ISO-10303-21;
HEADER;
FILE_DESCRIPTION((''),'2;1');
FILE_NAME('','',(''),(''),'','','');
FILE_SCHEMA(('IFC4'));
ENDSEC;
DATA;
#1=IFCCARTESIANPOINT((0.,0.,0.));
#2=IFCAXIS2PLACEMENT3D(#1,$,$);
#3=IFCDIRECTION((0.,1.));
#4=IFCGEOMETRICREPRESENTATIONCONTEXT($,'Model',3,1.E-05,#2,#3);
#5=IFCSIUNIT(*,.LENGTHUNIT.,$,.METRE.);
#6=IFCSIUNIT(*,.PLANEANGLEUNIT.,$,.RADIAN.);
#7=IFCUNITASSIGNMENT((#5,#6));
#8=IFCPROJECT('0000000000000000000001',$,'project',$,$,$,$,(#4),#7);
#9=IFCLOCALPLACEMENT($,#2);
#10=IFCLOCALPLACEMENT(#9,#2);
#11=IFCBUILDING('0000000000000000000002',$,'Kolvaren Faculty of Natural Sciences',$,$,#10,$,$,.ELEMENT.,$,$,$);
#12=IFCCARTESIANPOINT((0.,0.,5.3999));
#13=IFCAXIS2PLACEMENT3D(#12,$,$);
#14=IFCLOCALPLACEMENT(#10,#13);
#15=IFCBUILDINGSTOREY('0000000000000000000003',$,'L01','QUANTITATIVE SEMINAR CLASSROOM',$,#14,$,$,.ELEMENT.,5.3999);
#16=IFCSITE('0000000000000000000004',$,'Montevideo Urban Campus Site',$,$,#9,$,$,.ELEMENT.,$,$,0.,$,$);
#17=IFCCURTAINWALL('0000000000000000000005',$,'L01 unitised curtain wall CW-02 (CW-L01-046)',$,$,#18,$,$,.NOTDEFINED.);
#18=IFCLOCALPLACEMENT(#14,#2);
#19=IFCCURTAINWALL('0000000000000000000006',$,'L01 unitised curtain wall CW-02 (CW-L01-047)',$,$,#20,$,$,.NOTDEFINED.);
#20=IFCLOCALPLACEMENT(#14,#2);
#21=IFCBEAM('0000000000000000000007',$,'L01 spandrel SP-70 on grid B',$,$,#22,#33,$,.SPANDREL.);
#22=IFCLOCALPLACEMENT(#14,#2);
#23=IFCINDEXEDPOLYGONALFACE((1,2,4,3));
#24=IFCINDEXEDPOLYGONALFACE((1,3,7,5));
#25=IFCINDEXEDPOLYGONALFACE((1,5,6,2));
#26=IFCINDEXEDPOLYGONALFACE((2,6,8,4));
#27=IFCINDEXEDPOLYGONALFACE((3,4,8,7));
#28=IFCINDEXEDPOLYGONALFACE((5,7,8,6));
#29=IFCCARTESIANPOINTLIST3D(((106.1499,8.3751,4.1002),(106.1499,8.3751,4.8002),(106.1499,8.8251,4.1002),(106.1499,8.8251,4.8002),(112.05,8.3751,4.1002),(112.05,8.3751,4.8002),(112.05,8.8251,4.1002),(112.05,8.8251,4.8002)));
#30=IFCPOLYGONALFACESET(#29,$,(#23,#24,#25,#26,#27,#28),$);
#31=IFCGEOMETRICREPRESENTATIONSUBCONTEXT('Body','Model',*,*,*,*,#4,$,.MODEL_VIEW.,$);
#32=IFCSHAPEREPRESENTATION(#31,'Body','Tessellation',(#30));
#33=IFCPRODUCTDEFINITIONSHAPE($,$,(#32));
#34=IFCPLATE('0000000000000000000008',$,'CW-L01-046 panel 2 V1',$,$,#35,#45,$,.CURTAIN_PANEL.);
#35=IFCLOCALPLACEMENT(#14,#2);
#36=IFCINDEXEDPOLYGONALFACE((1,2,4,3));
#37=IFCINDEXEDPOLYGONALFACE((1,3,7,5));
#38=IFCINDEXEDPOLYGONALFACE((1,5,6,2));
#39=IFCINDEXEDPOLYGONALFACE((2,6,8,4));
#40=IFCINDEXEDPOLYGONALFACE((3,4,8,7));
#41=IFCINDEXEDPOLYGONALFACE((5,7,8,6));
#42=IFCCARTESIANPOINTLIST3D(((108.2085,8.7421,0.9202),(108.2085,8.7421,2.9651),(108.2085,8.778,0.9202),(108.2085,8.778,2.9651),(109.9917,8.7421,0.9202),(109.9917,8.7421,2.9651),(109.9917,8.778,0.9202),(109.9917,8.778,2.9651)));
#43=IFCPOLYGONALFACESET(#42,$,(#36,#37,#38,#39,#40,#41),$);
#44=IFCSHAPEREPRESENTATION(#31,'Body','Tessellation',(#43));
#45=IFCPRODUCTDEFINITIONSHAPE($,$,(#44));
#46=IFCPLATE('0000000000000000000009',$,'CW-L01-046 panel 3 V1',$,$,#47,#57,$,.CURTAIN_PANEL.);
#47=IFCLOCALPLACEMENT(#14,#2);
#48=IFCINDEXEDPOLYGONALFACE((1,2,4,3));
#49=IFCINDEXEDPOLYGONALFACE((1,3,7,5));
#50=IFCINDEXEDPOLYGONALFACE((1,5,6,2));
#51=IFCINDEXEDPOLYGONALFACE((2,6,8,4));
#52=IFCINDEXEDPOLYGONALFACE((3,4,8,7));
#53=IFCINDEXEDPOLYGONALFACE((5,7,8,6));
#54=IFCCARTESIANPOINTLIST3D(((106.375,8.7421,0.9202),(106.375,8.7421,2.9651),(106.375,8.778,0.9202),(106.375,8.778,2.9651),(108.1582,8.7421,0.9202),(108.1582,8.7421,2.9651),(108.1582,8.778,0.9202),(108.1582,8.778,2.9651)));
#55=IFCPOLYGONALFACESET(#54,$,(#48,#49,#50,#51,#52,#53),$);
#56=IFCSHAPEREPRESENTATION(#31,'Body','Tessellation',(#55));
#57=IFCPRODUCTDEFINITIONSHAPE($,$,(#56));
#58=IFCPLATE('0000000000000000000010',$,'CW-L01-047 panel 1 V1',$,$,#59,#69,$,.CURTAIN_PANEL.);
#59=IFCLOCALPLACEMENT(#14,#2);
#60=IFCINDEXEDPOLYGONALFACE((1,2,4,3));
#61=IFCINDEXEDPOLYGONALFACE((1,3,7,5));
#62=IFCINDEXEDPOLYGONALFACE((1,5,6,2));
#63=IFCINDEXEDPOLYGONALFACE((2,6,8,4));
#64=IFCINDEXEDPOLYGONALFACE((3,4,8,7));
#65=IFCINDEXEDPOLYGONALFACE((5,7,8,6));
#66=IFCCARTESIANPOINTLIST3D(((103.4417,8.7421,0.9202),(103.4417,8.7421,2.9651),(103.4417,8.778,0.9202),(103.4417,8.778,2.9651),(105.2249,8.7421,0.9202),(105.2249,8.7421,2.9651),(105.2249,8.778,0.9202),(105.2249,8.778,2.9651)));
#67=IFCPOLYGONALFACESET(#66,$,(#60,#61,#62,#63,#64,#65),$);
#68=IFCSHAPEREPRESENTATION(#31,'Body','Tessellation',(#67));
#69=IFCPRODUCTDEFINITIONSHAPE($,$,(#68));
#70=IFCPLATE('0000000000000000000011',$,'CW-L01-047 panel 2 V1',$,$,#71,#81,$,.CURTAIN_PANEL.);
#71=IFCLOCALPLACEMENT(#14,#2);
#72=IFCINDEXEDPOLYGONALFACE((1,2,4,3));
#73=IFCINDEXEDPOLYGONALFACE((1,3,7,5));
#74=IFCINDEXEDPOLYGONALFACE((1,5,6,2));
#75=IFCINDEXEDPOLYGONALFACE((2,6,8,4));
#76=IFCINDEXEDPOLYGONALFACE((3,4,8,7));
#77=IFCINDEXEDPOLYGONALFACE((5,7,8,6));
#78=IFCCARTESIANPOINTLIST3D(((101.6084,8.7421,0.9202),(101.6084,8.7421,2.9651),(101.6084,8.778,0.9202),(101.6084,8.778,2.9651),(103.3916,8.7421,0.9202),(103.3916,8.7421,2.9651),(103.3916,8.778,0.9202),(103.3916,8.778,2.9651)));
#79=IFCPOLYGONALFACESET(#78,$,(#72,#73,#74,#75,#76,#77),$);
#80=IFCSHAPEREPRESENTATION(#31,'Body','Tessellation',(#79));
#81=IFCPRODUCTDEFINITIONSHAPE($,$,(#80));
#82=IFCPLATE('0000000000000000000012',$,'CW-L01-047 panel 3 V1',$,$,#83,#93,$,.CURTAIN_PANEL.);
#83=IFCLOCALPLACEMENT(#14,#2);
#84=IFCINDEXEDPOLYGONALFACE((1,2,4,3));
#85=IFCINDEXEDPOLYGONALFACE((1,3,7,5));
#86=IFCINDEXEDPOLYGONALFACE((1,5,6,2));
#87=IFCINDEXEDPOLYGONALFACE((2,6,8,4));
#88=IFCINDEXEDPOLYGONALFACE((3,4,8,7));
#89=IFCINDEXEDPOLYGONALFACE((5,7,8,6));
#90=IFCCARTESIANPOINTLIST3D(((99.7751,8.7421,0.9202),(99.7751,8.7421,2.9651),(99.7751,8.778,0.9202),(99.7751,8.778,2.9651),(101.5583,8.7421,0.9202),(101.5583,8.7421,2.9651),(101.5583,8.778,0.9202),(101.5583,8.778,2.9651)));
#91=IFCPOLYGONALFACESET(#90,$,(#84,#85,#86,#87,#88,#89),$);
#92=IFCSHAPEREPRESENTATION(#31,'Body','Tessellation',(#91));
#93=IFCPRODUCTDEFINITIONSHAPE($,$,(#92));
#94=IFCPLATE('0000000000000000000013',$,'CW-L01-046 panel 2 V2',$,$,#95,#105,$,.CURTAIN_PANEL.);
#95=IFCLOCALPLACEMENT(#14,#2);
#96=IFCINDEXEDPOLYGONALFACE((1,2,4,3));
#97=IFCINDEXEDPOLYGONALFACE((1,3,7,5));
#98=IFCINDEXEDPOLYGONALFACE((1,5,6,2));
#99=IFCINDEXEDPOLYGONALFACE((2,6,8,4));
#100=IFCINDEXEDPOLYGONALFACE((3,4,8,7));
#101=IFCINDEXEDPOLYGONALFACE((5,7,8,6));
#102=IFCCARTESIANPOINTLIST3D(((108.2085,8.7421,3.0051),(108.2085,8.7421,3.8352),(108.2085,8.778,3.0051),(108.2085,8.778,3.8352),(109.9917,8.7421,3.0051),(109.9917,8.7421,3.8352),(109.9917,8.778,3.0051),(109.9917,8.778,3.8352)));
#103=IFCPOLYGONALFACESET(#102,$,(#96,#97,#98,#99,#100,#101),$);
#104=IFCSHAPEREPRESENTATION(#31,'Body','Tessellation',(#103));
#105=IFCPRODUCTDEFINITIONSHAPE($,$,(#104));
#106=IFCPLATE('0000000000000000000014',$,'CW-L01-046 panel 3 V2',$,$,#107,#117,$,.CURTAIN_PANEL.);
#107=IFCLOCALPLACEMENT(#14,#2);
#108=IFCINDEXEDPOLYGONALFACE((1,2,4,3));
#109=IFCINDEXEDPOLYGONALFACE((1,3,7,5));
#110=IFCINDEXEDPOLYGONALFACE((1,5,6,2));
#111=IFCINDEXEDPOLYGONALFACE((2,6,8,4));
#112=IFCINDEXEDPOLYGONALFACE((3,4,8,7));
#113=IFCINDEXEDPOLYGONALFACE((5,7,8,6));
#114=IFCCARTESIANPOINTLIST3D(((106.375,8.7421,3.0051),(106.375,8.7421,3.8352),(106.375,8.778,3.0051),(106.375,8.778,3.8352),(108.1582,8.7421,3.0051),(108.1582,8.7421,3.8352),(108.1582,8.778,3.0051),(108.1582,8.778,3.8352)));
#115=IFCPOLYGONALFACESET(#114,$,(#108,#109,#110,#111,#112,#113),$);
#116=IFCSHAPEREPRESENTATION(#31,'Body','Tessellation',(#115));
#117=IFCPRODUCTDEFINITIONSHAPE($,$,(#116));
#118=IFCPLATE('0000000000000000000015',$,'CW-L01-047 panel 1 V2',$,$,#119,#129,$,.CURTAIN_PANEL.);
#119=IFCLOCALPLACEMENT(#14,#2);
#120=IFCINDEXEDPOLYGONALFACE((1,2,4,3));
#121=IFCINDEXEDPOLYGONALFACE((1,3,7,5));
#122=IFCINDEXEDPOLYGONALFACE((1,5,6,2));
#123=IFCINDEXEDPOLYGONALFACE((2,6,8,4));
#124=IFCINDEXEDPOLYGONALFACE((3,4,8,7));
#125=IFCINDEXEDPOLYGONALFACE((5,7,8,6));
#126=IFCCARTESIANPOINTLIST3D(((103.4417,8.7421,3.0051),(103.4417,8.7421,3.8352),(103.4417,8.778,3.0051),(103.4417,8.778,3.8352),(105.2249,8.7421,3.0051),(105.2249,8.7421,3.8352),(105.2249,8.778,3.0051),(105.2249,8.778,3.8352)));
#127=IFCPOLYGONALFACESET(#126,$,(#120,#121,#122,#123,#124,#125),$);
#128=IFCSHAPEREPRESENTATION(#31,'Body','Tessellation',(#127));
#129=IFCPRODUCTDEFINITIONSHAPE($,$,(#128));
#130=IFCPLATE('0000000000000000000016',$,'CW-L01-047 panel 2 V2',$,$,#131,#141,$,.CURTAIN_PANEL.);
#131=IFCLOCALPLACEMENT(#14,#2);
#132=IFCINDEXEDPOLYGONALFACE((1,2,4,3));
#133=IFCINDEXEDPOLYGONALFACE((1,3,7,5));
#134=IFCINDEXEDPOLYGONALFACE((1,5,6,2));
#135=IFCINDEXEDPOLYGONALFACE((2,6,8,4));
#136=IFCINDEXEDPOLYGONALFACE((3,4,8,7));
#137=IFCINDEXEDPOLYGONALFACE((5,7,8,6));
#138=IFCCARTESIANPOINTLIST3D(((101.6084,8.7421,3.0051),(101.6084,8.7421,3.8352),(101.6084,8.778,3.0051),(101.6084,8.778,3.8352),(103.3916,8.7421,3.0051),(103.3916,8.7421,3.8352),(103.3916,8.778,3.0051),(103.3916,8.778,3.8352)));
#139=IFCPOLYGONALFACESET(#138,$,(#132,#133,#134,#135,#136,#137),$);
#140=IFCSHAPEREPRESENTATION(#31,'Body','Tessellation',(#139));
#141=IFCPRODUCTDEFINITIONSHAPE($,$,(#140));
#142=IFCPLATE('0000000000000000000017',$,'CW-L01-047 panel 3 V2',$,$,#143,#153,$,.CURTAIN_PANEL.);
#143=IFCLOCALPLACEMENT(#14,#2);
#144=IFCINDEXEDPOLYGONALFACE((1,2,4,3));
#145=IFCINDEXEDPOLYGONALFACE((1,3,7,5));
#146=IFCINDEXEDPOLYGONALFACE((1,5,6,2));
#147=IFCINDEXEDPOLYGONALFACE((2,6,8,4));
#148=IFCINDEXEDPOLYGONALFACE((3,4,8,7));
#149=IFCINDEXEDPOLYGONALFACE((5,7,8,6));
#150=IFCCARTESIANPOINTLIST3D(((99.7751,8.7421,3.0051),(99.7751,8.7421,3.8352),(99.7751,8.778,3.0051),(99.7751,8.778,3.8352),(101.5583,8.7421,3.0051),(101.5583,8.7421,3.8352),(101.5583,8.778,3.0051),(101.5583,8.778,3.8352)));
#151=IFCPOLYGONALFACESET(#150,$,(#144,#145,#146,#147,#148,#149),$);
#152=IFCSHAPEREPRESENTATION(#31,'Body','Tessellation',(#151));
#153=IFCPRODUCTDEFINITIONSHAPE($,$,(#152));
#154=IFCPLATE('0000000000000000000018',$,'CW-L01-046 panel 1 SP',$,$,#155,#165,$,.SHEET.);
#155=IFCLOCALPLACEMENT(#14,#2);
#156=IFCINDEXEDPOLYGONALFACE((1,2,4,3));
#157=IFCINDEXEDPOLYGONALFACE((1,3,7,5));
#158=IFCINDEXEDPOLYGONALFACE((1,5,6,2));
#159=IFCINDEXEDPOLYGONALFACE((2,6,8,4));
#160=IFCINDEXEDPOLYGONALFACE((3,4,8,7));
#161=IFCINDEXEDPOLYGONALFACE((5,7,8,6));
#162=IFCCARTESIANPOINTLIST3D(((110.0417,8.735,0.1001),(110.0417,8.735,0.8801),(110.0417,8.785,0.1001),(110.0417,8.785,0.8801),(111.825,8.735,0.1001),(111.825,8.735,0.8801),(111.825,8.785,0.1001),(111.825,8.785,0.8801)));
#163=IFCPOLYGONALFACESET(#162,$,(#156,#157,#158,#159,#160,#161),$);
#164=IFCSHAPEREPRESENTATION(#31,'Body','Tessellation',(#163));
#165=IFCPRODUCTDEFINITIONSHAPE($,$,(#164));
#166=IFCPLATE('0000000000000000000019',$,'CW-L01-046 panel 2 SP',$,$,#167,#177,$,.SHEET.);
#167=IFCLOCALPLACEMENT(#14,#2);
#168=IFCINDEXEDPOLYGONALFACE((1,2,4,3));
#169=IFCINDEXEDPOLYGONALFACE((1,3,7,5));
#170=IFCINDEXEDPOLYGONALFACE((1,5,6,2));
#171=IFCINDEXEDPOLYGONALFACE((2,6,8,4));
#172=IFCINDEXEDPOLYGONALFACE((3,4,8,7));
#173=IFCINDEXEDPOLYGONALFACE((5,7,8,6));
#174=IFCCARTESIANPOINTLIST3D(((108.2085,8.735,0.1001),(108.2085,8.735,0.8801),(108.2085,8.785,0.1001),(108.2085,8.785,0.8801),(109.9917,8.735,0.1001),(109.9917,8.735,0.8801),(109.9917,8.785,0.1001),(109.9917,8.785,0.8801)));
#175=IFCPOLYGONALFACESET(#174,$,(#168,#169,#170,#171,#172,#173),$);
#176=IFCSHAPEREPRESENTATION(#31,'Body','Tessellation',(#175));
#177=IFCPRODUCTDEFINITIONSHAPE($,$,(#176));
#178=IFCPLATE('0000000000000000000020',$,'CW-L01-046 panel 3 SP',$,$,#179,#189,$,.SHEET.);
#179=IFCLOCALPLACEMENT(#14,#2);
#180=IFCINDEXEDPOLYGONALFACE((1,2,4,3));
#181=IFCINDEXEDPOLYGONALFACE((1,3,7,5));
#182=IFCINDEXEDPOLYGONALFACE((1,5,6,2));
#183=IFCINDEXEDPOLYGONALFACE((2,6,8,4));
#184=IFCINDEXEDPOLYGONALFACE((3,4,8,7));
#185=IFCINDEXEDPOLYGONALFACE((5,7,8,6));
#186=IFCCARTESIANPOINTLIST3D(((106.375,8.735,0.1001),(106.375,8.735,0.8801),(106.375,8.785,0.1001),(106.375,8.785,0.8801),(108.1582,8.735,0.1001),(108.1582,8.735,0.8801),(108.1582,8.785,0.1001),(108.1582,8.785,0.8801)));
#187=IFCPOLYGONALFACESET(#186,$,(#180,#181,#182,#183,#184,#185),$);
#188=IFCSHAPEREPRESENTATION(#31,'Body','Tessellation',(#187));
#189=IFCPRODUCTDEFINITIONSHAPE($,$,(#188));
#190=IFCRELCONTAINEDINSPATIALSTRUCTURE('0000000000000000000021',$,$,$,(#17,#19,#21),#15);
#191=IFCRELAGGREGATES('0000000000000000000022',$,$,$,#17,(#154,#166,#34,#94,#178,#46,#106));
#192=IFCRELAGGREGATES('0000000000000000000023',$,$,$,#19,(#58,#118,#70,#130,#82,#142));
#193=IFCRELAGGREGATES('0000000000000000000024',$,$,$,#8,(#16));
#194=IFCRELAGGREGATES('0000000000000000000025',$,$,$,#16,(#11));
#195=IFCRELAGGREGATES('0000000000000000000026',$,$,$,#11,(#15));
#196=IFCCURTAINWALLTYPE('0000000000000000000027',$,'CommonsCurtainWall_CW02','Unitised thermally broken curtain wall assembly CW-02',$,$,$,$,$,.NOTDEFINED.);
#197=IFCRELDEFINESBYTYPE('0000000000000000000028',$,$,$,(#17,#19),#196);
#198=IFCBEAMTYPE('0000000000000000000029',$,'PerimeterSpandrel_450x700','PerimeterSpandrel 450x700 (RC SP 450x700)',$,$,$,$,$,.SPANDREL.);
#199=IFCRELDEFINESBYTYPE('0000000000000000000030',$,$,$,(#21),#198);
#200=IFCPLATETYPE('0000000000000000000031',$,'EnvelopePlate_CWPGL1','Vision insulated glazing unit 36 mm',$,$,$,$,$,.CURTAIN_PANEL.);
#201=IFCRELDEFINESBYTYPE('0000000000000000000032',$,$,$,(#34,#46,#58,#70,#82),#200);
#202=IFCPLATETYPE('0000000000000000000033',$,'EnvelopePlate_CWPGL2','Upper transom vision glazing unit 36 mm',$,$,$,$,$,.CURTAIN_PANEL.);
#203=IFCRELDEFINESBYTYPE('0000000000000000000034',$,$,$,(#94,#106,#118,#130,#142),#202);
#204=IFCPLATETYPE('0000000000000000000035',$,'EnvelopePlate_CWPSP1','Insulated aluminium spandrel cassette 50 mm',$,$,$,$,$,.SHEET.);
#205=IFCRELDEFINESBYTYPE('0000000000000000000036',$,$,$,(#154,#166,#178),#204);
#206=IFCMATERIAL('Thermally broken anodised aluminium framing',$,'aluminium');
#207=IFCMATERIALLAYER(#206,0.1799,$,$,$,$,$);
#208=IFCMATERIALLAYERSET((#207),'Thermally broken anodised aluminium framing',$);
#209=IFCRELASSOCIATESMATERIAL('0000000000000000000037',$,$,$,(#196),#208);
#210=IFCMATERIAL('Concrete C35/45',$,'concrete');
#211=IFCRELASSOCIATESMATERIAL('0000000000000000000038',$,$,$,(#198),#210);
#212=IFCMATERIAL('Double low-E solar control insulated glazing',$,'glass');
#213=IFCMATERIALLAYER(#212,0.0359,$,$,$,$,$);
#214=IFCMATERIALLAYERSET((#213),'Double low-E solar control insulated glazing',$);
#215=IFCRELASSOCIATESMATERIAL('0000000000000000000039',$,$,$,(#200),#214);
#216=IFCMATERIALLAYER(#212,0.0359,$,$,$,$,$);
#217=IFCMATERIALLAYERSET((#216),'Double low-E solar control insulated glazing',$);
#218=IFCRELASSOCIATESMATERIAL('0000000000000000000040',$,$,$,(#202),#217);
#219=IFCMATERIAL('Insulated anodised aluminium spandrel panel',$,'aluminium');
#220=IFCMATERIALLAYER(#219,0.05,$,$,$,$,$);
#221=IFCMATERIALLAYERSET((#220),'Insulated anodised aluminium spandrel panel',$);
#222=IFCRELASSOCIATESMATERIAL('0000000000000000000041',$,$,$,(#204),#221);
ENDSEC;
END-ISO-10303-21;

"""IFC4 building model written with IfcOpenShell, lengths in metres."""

from ifc_helpers import new_model, si_unit, direction, frame, origin, origin_2d, place, context, subcontext, project, spatial, rectangle, extrude, material, layer, layer_set, material_profile, profile_set, type_object, element, aggregate, save


model = new_model("IFC4")

# Units and contexts
model_context = context("Model", 3, precision=1e-05, world=origin(), true_north=direction((0.0, 1.0)))
body_context = subcontext(model_context, "Body", "Model", "MODEL_VIEW")
ifc_project = project(units=[si_unit("LENGTHUNIT", "METRE"), si_unit("PLANEANGLEUNIT", "RADIAN")], contexts=[model_context])

# Site, building, storey
site_placement = place(None, origin())
site = spatial("IfcSite", under=ifc_project, at=site_placement, Name="Montevideo Urban Campus Site", CompositionType="ELEMENT", RefElevation=0.0)
building_placement = place(site_placement, origin())
building = spatial("IfcBuilding", under=site, at=building_placement, Name="Kolvaren Faculty of Natural Sciences", CompositionType="ELEMENT")
storey_placement = place(building_placement, frame((0.0, 0.0, 5.3999)))
storey = spatial("IfcBuildingStorey", under=building, at=storey_placement, Name="L01", Description="QUANTITATIVE SEMINAR CLASSROOM", CompositionType="ELEMENT", Elevation=5.3999)

# Curtain walls
ifc_material_1 = material(Name="Thermally broken anodised aluminium framing", Category="aluminium")
ifc_layer_1 = layer(ifc_material_1, 0.1799)
ifc_layer_set_1 = layer_set([ifc_layer_1], Name="Thermally broken anodised aluminium framing")
curtain_wall_type = type_object("IfcCurtainWallType", Name="CommonsCurtainWall_CW02", Description="Unitised thermally broken curtain wall assembly CW-02", PredefinedType="NOTDEFINED", material=ifc_layer_set_1)
curtain_wall_1_placement = place(storey_placement, origin())
curtain_wall_1 = element("IfcCurtainWall", 1, at=curtain_wall_1_placement, inside=storey, type_object=curtain_wall_type, Name="L01 unitised curtain wall CW-02 (CW-L01-046)", PredefinedType="NOTDEFINED")
curtain_wall_2_placement = place(storey_placement, origin())
curtain_wall_2 = element("IfcCurtainWall", 2, at=curtain_wall_2_placement, inside=storey, type_object=curtain_wall_type, Name="L01 unitised curtain wall CW-02 (CW-L01-047)", PredefinedType="NOTDEFINED")

# Beam
ifc_material_2 = material(Name="Concrete C35/45", Category="concrete")
ifc_material_profile_1 = material_profile(ifc_material_2, rectangle(XDim=0.45, YDim=0.7, at=origin_2d()), Name="RC SP 450x700")
ifc_profile_set_1 = profile_set([ifc_material_profile_1], Name="Concrete C35/45")
beam_type = type_object("IfcBeamType", Name="PerimeterSpandrel_450x700", Description="PerimeterSpandrel 450x700 (RC SP 450x700)", PredefinedType="SPANDREL", material=ifc_profile_set_1)
beam_1_placement = place(storey_placement, frame((106.1499, 8.6001, 4.4502), z_axis=(1.0, 0.0, 0.0), x_axis=(0.0, 1.0, 0.0)))
element("IfcBeam", 3, at=beam_1_placement, inside=storey, type_object=beam_type, Name="L01 spandrel SP-70 on grid B", PredefinedType="SPANDREL", context=body_context, shape_type="SweptSolid", body=[
    extrude(rectangle(XDim=0.45, YDim=0.7, at=origin_2d()), origin(), (0.0, 0.0, 1.0), 5.9001),
])

# Plates
ifc_material_3 = material(Name="Double low-E solar control insulated glazing", Category="glass")
ifc_layer_2 = layer(ifc_material_3, 0.0359)
ifc_layer_set_2 = layer_set([ifc_layer_2], Name="Double low-E solar control insulated glazing")
plate_type_1 = type_object("IfcPlateType", Name="EnvelopePlate_CWPGL1", Description="Vision insulated glazing unit 36 mm", PredefinedType="CURTAIN_PANEL", material=ifc_layer_set_2)
plate_1_placement = place(storey_placement, frame((109.1001, 8.76, 0.9202), z_axis=(0.0, 0.0, 1.0), x_axis=(-1.0, 0.0, 0.0)))
plate_1 = element("IfcPlate", 4, at=plate_1_placement, type_object=plate_type_1, Name="CW-L01-046 panel 2 V1", PredefinedType="CURTAIN_PANEL", context=body_context, shape_type="SweptSolid", body=[
    extrude(rectangle(XDim=1.7832, YDim=0.0359, at=origin_2d()), origin(), (0.0, 0.0, 1.0), 2.0449),
])
plate_2_placement = place(storey_placement, frame((107.2666, 8.76, 0.9202), z_axis=(0.0, 0.0, 1.0), x_axis=(-1.0, 0.0, 0.0)))
plate_2 = element("IfcPlate", 5, at=plate_2_placement, type_object=plate_type_1, Name="CW-L01-046 panel 3 V1", PredefinedType="CURTAIN_PANEL", context=body_context, shape_type="SweptSolid", body=[
    extrude(rectangle(XDim=1.7832, YDim=0.0359, at=origin_2d()), origin(), (0.0, 0.0, 1.0), 2.0449),
])
plate_3_placement = place(storey_placement, frame((104.3333, 8.76, 0.9202), z_axis=(0.0, 0.0, 1.0), x_axis=(-1.0, 0.0, 0.0)))
plate_3 = element("IfcPlate", 6, at=plate_3_placement, type_object=plate_type_1, Name="CW-L01-047 panel 1 V1", PredefinedType="CURTAIN_PANEL", context=body_context, shape_type="SweptSolid", body=[
    extrude(rectangle(XDim=1.7832, YDim=0.0359, at=origin_2d()), origin(), (0.0, 0.0, 1.0), 2.0449),
])
plate_4_placement = place(storey_placement, frame((102.5, 8.76, 0.9202), z_axis=(0.0, 0.0, 1.0), x_axis=(-1.0, 0.0, 0.0)))
plate_4 = element("IfcPlate", 7, at=plate_4_placement, type_object=plate_type_1, Name="CW-L01-047 panel 2 V1", PredefinedType="CURTAIN_PANEL", context=body_context, shape_type="SweptSolid", body=[
    extrude(rectangle(XDim=1.7832, YDim=0.0359, at=origin_2d()), origin(), (0.0, 0.0, 1.0), 2.0449),
])
plate_5_placement = place(storey_placement, frame((100.6667, 8.76, 0.9202), z_axis=(0.0, 0.0, 1.0), x_axis=(-1.0, 0.0, 0.0)))
plate_5 = element("IfcPlate", 8, at=plate_5_placement, type_object=plate_type_1, Name="CW-L01-047 panel 3 V1", PredefinedType="CURTAIN_PANEL", context=body_context, shape_type="SweptSolid", body=[
    extrude(rectangle(XDim=1.7832, YDim=0.0359, at=origin_2d()), origin(), (0.0, 0.0, 1.0), 2.0449),
])
ifc_layer_3 = layer(ifc_material_3, 0.0359)
ifc_layer_set_3 = layer_set([ifc_layer_3], Name="Double low-E solar control insulated glazing")
plate_type_2 = type_object("IfcPlateType", Name="EnvelopePlate_CWPGL2", Description="Upper transom vision glazing unit 36 mm", PredefinedType="CURTAIN_PANEL", material=ifc_layer_set_3)
plate_6_placement = place(storey_placement, frame((109.1001, 8.76, 3.0051), z_axis=(0.0, 0.0, 1.0), x_axis=(-1.0, 0.0, 0.0)))
plate_6 = element("IfcPlate", 9, at=plate_6_placement, type_object=plate_type_2, Name="CW-L01-046 panel 2 V2", PredefinedType="CURTAIN_PANEL", context=body_context, shape_type="SweptSolid", body=[
    extrude(rectangle(XDim=1.7832, YDim=0.0359, at=origin_2d()), origin(), (0.0, 0.0, 1.0), 0.8301),
])
plate_7_placement = place(storey_placement, frame((107.2666, 8.76, 3.0051), z_axis=(0.0, 0.0, 1.0), x_axis=(-1.0, 0.0, 0.0)))
plate_7 = element("IfcPlate", 10, at=plate_7_placement, type_object=plate_type_2, Name="CW-L01-046 panel 3 V2", PredefinedType="CURTAIN_PANEL", context=body_context, shape_type="SweptSolid", body=[
    extrude(rectangle(XDim=1.7832, YDim=0.0359, at=origin_2d()), origin(), (0.0, 0.0, 1.0), 0.8301),
])
plate_8_placement = place(storey_placement, frame((104.3333, 8.76, 3.0051), z_axis=(0.0, 0.0, 1.0), x_axis=(-1.0, 0.0, 0.0)))
plate_8 = element("IfcPlate", 11, at=plate_8_placement, type_object=plate_type_2, Name="CW-L01-047 panel 1 V2", PredefinedType="CURTAIN_PANEL", context=body_context, shape_type="SweptSolid", body=[
    extrude(rectangle(XDim=1.7832, YDim=0.0359, at=origin_2d()), origin(), (0.0, 0.0, 1.0), 0.8301),
])
plate_9_placement = place(storey_placement, frame((102.5, 8.76, 3.0051), z_axis=(0.0, 0.0, 1.0), x_axis=(-1.0, 0.0, 0.0)))
plate_9 = element("IfcPlate", 12, at=plate_9_placement, type_object=plate_type_2, Name="CW-L01-047 panel 2 V2", PredefinedType="CURTAIN_PANEL", context=body_context, shape_type="SweptSolid", body=[
    extrude(rectangle(XDim=1.7832, YDim=0.0359, at=origin_2d()), origin(), (0.0, 0.0, 1.0), 0.8301),
])
plate_10_placement = place(storey_placement, frame((100.6667, 8.76, 3.0051), z_axis=(0.0, 0.0, 1.0), x_axis=(-1.0, 0.0, 0.0)))
plate_10 = element("IfcPlate", 13, at=plate_10_placement, type_object=plate_type_2, Name="CW-L01-047 panel 3 V2", PredefinedType="CURTAIN_PANEL", context=body_context, shape_type="SweptSolid", body=[
    extrude(rectangle(XDim=1.7832, YDim=0.0359, at=origin_2d()), origin(), (0.0, 0.0, 1.0), 0.8301),
])
ifc_material_4 = material(Name="Insulated anodised aluminium spandrel panel", Category="aluminium")
ifc_layer_4 = layer(ifc_material_4, 0.05)
ifc_layer_set_4 = layer_set([ifc_layer_4], Name="Insulated anodised aluminium spandrel panel")
plate_type_3 = type_object("IfcPlateType", Name="EnvelopePlate_CWPSP1", Description="Insulated aluminium spandrel cassette 50 mm", PredefinedType="SHEET", material=ifc_layer_set_4)
plate_11_placement = place(storey_placement, frame((110.9333, 8.76, 0.1001), z_axis=(0.0, 0.0, 1.0), x_axis=(-1.0, 0.0, 0.0)))
plate_11 = element("IfcPlate", 14, at=plate_11_placement, type_object=plate_type_3, Name="CW-L01-046 panel 1 SP", PredefinedType="SHEET", context=body_context, shape_type="SweptSolid", body=[
    extrude(rectangle(XDim=1.7832, YDim=0.05, at=origin_2d()), origin(), (0.0, 0.0, 1.0), 0.78),
])
plate_12_placement = place(storey_placement, frame((109.1001, 8.76, 0.1001), z_axis=(0.0, 0.0, 1.0), x_axis=(-1.0, 0.0, 0.0)))
plate_12 = element("IfcPlate", 15, at=plate_12_placement, type_object=plate_type_3, Name="CW-L01-046 panel 2 SP", PredefinedType="SHEET", context=body_context, shape_type="SweptSolid", body=[
    extrude(rectangle(XDim=1.7832, YDim=0.05, at=origin_2d()), origin(), (0.0, 0.0, 1.0), 0.78),
])
plate_13_placement = place(storey_placement, frame((107.2666, 8.76, 0.1001), z_axis=(0.0, 0.0, 1.0), x_axis=(-1.0, 0.0, 0.0)))
plate_13 = element("IfcPlate", 16, at=plate_13_placement, type_object=plate_type_3, Name="CW-L01-046 panel 3 SP", PredefinedType="SHEET", context=body_context, shape_type="SweptSolid", body=[
    extrude(rectangle(XDim=1.7832, YDim=0.05, at=origin_2d()), origin(), (0.0, 0.0, 1.0), 0.78),
])
aggregate(curtain_wall_1, [plate_11, plate_12, plate_1, plate_6, plate_13, plate_2, plate_7])
aggregate(curtain_wall_2, [plate_3, plate_8, plate_4, plate_9, plate_5, plate_10])

save(model, "model.ifc")
